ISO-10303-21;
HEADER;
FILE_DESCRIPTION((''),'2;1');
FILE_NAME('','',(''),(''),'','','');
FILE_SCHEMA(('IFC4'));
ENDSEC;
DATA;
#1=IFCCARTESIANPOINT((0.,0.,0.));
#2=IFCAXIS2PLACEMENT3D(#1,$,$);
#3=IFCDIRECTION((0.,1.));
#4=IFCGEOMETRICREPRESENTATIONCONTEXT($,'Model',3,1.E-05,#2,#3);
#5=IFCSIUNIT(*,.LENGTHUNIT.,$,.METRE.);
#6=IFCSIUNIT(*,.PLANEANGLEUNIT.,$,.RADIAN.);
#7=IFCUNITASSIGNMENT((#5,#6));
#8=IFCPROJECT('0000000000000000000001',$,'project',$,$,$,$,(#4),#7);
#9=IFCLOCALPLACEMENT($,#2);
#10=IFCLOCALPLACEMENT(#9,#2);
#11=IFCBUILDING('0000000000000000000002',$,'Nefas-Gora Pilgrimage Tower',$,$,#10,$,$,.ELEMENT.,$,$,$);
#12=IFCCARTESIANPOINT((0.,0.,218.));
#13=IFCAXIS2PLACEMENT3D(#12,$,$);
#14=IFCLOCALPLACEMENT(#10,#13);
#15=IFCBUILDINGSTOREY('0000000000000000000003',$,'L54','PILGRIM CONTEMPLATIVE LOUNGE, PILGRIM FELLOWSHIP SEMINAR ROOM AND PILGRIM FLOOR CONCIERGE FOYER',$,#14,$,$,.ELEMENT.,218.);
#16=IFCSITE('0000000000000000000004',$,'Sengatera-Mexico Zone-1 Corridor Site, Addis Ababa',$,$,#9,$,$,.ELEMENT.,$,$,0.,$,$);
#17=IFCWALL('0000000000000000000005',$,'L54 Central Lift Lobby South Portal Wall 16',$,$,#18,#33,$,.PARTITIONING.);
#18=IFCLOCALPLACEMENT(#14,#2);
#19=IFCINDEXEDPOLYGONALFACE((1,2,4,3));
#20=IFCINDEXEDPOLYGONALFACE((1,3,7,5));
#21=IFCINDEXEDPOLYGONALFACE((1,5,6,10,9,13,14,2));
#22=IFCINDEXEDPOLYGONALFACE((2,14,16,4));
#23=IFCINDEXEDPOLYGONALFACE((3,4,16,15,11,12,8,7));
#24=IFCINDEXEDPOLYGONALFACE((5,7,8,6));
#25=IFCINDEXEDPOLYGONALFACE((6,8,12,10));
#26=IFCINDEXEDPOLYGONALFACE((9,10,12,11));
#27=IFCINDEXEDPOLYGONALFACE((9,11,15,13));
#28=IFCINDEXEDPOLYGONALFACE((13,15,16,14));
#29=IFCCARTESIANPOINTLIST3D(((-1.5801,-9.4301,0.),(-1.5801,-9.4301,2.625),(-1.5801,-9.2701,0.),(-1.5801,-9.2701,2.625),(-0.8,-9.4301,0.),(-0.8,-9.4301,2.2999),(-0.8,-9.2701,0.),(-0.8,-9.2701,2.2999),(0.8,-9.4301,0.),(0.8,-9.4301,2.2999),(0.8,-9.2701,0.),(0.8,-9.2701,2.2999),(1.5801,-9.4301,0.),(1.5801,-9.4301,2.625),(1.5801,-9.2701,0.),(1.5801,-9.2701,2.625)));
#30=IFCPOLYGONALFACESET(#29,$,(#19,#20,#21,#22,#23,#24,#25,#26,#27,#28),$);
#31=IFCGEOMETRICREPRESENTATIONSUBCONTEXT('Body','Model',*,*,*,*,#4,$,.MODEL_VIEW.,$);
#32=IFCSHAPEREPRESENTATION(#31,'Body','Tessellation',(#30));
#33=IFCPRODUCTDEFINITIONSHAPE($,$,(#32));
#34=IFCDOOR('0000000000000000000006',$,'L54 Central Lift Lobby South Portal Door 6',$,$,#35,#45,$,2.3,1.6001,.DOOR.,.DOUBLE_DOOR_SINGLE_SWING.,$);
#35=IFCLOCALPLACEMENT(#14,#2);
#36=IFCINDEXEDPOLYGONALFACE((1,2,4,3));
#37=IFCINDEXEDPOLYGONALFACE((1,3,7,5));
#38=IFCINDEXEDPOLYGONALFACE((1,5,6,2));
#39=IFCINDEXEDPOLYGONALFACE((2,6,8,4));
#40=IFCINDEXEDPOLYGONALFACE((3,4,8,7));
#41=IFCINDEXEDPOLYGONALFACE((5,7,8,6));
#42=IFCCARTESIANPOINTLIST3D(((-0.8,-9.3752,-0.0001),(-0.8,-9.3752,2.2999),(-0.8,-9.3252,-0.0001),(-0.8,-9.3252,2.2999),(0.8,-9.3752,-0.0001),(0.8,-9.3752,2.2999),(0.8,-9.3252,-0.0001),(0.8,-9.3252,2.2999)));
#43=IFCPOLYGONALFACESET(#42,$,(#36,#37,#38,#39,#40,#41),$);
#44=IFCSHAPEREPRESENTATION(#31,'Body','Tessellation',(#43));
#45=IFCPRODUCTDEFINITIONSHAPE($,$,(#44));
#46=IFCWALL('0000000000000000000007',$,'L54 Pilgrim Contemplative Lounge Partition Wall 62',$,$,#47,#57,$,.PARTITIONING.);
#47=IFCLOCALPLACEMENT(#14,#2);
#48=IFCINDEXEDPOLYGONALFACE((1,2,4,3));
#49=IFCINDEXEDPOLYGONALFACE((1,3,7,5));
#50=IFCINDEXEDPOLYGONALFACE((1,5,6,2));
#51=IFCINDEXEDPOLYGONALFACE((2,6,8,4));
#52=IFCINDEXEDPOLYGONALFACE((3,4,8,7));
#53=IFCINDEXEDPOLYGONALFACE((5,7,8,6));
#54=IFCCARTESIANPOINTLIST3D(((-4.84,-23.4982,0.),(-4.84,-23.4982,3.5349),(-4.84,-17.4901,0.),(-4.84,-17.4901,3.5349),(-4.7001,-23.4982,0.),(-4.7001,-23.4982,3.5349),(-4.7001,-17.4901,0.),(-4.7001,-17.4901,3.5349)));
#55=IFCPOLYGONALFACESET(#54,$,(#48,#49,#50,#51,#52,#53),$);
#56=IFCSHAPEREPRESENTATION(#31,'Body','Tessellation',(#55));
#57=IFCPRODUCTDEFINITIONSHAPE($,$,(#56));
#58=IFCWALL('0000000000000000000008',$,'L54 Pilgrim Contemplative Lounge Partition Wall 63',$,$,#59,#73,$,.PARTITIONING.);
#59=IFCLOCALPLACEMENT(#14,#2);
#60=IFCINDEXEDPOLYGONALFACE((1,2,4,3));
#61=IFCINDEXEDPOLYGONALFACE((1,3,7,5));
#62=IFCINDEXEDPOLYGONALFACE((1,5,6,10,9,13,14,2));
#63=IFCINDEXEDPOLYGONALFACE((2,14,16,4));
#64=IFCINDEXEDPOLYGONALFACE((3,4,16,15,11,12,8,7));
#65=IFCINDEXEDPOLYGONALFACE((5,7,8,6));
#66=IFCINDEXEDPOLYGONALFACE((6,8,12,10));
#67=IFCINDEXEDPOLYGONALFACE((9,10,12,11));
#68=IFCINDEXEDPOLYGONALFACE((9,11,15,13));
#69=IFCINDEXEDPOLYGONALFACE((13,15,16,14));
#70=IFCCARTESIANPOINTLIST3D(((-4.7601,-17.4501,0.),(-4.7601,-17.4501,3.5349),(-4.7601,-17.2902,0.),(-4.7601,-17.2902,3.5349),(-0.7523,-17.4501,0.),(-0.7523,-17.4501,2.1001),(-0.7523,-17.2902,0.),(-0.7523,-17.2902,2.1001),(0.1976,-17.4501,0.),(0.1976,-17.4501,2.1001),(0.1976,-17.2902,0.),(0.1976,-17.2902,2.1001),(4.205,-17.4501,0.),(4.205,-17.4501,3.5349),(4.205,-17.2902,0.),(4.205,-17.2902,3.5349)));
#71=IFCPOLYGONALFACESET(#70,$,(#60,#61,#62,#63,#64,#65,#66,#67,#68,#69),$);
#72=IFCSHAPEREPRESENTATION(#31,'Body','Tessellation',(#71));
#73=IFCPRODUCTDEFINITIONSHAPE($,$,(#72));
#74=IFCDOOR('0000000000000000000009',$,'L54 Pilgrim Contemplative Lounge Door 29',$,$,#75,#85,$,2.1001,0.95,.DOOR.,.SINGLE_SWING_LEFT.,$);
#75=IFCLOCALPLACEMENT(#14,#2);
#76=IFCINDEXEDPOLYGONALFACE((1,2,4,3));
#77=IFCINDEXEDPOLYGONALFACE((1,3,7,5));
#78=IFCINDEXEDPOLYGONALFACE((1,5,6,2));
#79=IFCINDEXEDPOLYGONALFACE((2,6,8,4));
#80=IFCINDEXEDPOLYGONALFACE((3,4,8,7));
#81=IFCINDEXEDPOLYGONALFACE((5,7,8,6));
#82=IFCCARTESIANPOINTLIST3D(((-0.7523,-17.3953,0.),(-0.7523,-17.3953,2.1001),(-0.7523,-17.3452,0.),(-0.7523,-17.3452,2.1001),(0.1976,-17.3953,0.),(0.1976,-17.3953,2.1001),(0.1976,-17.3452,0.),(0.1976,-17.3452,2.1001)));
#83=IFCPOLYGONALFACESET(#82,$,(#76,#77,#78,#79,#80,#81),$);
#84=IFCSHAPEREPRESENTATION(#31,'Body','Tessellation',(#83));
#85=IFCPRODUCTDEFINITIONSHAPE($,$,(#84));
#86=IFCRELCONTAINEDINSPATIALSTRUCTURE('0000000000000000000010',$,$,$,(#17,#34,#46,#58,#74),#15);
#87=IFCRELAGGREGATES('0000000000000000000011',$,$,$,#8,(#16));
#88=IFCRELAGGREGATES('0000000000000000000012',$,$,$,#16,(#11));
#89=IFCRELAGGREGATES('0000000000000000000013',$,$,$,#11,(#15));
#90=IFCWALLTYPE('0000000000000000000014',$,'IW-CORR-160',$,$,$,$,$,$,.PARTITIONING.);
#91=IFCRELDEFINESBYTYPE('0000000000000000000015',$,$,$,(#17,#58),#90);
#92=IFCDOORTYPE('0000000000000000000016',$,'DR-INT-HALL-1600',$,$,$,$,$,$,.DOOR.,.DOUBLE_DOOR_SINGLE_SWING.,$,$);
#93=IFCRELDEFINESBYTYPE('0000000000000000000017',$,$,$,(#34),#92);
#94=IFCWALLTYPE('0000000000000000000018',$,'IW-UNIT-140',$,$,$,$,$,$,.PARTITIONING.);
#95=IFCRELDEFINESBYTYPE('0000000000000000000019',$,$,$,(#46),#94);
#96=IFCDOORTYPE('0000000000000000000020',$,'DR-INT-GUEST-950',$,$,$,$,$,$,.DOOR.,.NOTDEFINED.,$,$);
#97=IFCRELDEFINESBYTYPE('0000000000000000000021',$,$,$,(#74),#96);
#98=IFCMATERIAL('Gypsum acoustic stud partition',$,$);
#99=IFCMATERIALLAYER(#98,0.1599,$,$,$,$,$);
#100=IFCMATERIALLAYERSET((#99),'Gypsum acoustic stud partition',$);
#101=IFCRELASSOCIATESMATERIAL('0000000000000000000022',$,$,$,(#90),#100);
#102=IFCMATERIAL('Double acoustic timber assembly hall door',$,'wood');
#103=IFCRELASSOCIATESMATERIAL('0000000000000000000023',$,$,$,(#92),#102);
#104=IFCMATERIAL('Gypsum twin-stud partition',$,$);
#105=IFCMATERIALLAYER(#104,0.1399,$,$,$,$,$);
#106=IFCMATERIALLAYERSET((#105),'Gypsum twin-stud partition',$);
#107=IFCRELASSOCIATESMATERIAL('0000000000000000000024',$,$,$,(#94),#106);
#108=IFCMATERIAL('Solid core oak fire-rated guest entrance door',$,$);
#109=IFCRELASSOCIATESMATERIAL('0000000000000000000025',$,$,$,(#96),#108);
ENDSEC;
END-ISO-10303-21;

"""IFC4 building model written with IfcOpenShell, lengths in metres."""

from ifc_helpers import new_model, si_unit, direction, frame, frame_2d, origin, place, context, subcontext, project, spatial, rectangle, extrude, source, transform, mapped, material, layer, layer_set, type_object, element, fill, save


model = new_model("IFC4")

# Units and contexts
model_context = context("Model", 3, precision=1e-05, world=origin(), true_north=direction((0.0, 1.0)))
body_context = subcontext(model_context, "Body", "Model", "MODEL_VIEW")
ifc_project = project(units=[si_unit("LENGTHUNIT", "METRE"), si_unit("PLANEANGLEUNIT", "RADIAN")], contexts=[model_context])

# Site, building, storey
site_placement = place(None, origin())
site = spatial("IfcSite", under=ifc_project, at=site_placement, Name="Sengatera-Mexico Zone-1 Corridor Site, Addis Ababa", CompositionType="ELEMENT", RefElevation=0.0)
building_placement = place(site_placement, origin())
building = spatial("IfcBuilding", under=site, at=building_placement, Name="Nefas-Gora Pilgrimage Tower", CompositionType="ELEMENT")
storey_placement = place(building_placement, frame((0.0, 0.0, 218.0)))
storey = spatial("IfcBuildingStorey", under=building, at=storey_placement, Name="L54", Description="PILGRIM CONTEMPLATIVE LOUNGE, PILGRIM FELLOWSHIP SEMINAR ROOM AND PILGRIM FLOOR CONCIERGE FOYER", CompositionType="ELEMENT", Elevation=218.0)

# Wall, opening, door
ifc_material_1 = material(Name="Gypsum acoustic stud partition")
ifc_layer_1 = layer(ifc_material_1, 0.1599)
ifc_layer_set_1 = layer_set([ifc_layer_1], Name="Gypsum acoustic stud partition")
wall_type_1 = type_object("IfcWallType", Name="IW-CORR-160", PredefinedType="PARTITIONING", material=ifc_layer_set_1)
shared_shape_1 = source(origin(), body_context, "Body", "SweptSolid", [
    extrude(rectangle(XDim=3.1602, YDim=0.1599, at=frame_2d((1.5801, 0.0))), origin(), (0.0, 0.0, 1.0), 2.625),
])
wall_1_placement = place(storey_placement, frame((-1.5801, -9.3501, 0.0), z_axis=(0.0, 0.0, 1.0), x_axis=(1.0, 0.0, 0.0)))
wall_1 = element("IfcWall", 1, at=wall_1_placement, inside=storey, type_object=wall_type_1, Name="L54 Central Lift Lobby South Portal Wall 16", PredefinedType="PARTITIONING", context=body_context, shape_type="MappedRepresentation", body=[
    mapped(shared_shape_1, transform((0.0, 0.0, 0.0), x_axis=(1.0, 0.0, 0.0), y_axis=(0.0, 1.0, 0.0), z_axis=(0.0, 0.0, 1.0), scale=1.0)),
])
opening_1_placement = place(wall_1_placement, frame((0.78, 0.0, 0.0)))
opening_1 = element("IfcOpeningElement", 2, at=opening_1_placement, cuts=wall_1, PredefinedType="OPENING", context=body_context, shape_type="SweptSolid", body=[
    extrude(rectangle(XDim=1.6001, YDim=2.3, at=frame_2d((0.8, 1.1499))), frame((0.0, 0.0898, 0.0), z_axis=(0.0, -1.0, 0.0), x_axis=(1.0, 0.0, 0.0)), (0.0, 0.0, 1.0), 0.1799),
])
ifc_material_2 = material(Name="Double acoustic timber assembly hall door", Category="wood")
door_type_1 = type_object("IfcDoorType", Name="DR-INT-HALL-1600", OperationType="DOUBLE_DOOR_SINGLE_SWING", PredefinedType="DOOR", material=ifc_material_2)
shared_shape_2 = source(origin(), body_context, "Body", "SweptSolid", [
    extrude(rectangle(XDim=1.6001, YDim=2.3, at=frame_2d((0.8, 1.1499))), frame((0.0, 0.0249, 0.0), z_axis=(0.0, -1.0, 0.0), x_axis=(1.0, 0.0, 0.0)), (0.0, 0.0, 1.0), 0.05),
])
door_1_placement = place(opening_1_placement, origin())
door_1 = element("IfcDoor", 3, at=door_1_placement, inside=storey, type_object=door_type_1, Name="L54 Central Lift Lobby South Portal Door 6", OperationType="DOUBLE_DOOR_SINGLE_SWING", OverallHeight=2.3, OverallWidth=1.6001, PredefinedType="DOOR", context=body_context, shape_type="MappedRepresentation", body=[
    mapped(shared_shape_2, transform((0.0, 0.0, 0.0), x_axis=(1.0, 0.0, 0.0), y_axis=(0.0, 1.0, 0.0), z_axis=(0.0, 0.0, 1.0), scale=1.0)),
])
fill(opening_1, door_1)

# Wall
ifc_material_3 = material(Name="Gypsum twin-stud partition")
ifc_layer_2 = layer(ifc_material_3, 0.1399)
ifc_layer_set_2 = layer_set([ifc_layer_2], Name="Gypsum twin-stud partition")
wall_type_2 = type_object("IfcWallType", Name="IW-UNIT-140", PredefinedType="PARTITIONING", material=ifc_layer_set_2)
shared_shape_3 = source(origin(), body_context, "Body", "SweptSolid", [
    extrude(rectangle(XDim=6.0081, YDim=0.1399, at=frame_2d((3.0039, 0.0))), origin(), (0.0, 0.0, 1.0), 3.5349),
])
wall_2_placement = place(storey_placement, frame((-4.77, -23.498, 0.0), z_axis=(0.0, 0.0, 1.0), x_axis=(0.0, 1.0, 0.0)))
element("IfcWall", 4, at=wall_2_placement, inside=storey, type_object=wall_type_2, Name="L54 Pilgrim Contemplative Lounge Partition Wall 62", PredefinedType="PARTITIONING", context=body_context, shape_type="MappedRepresentation", body=[
    mapped(shared_shape_3, transform((0.0, 0.0, 0.0), x_axis=(1.0, 0.0, 0.0), y_axis=(0.0, 1.0, 0.0), z_axis=(0.0, 0.0, 1.0), scale=1.0)),
])

# Wall, opening, door
shared_shape_4 = source(origin(), body_context, "Body", "SweptSolid", [
    extrude(rectangle(XDim=8.9651, YDim=0.1599, at=frame_2d((4.4824, 0.0))), origin(), (0.0, 0.0, 1.0), 3.5349),
])
wall_3_placement = place(storey_placement, frame((-4.76, -17.3701, 0.0), z_axis=(0.0, 0.0, 1.0), x_axis=(1.0, 0.0, 0.0)))
wall_3 = element("IfcWall", 5, at=wall_3_placement, inside=storey, type_object=wall_type_1, Name="L54 Pilgrim Contemplative Lounge Partition Wall 63", PredefinedType="PARTITIONING", context=body_context, shape_type="MappedRepresentation", body=[
    mapped(shared_shape_4, transform((0.0, 0.0, 0.0), x_axis=(1.0, 0.0, 0.0), y_axis=(0.0, 1.0, 0.0), z_axis=(0.0, 0.0, 1.0), scale=1.0)),
])
opening_2_placement = place(wall_3_placement, frame((4.0076, 0.0, 0.0)))
opening_2 = element("IfcOpeningElement", 6, at=opening_2_placement, cuts=wall_3, PredefinedType="OPENING", context=body_context, shape_type="SweptSolid", body=[
    extrude(rectangle(XDim=0.95, YDim=2.1001, at=frame_2d((0.4751, 1.05))), frame((0.0, 0.0898, 0.0), z_axis=(0.0, -1.0, 0.0), x_axis=(1.0, 0.0, 0.0)), (0.0, 0.0, 1.0), 0.1799),
])
ifc_material_4 = material(Name="Solid core oak fire-rated guest entrance door")
door_type_2 = type_object("IfcDoorType", Name="DR-INT-GUEST-950", OperationType="NOTDEFINED", PredefinedType="DOOR", material=ifc_material_4)
shared_shape_5 = source(origin(), body_context, "Body", "SweptSolid", [
    extrude(rectangle(XDim=0.95, YDim=2.1001, at=frame_2d((0.4751, 1.05))), frame((0.0, 0.0249, 0.0), z_axis=(0.0, -1.0, 0.0), x_axis=(1.0, 0.0, 0.0)), (0.0, 0.0, 1.0), 0.05),
])
door_2_placement = place(opening_2_placement, origin())
door_2 = element("IfcDoor", 7, at=door_2_placement, inside=storey, type_object=door_type_2, Name="L54 Pilgrim Contemplative Lounge Door 29", OperationType="SINGLE_SWING_LEFT", OverallHeight=2.1001, OverallWidth=0.95, PredefinedType="DOOR", context=body_context, shape_type="MappedRepresentation", body=[
    mapped(shared_shape_5, transform((0.0, 0.0, 0.0), x_axis=(1.0, 0.0, 0.0), y_axis=(0.0, 1.0, 0.0), z_axis=(0.0, 0.0, 1.0), scale=1.0)),
])
fill(opening_2, door_2)

save(model, "model.ifc")
